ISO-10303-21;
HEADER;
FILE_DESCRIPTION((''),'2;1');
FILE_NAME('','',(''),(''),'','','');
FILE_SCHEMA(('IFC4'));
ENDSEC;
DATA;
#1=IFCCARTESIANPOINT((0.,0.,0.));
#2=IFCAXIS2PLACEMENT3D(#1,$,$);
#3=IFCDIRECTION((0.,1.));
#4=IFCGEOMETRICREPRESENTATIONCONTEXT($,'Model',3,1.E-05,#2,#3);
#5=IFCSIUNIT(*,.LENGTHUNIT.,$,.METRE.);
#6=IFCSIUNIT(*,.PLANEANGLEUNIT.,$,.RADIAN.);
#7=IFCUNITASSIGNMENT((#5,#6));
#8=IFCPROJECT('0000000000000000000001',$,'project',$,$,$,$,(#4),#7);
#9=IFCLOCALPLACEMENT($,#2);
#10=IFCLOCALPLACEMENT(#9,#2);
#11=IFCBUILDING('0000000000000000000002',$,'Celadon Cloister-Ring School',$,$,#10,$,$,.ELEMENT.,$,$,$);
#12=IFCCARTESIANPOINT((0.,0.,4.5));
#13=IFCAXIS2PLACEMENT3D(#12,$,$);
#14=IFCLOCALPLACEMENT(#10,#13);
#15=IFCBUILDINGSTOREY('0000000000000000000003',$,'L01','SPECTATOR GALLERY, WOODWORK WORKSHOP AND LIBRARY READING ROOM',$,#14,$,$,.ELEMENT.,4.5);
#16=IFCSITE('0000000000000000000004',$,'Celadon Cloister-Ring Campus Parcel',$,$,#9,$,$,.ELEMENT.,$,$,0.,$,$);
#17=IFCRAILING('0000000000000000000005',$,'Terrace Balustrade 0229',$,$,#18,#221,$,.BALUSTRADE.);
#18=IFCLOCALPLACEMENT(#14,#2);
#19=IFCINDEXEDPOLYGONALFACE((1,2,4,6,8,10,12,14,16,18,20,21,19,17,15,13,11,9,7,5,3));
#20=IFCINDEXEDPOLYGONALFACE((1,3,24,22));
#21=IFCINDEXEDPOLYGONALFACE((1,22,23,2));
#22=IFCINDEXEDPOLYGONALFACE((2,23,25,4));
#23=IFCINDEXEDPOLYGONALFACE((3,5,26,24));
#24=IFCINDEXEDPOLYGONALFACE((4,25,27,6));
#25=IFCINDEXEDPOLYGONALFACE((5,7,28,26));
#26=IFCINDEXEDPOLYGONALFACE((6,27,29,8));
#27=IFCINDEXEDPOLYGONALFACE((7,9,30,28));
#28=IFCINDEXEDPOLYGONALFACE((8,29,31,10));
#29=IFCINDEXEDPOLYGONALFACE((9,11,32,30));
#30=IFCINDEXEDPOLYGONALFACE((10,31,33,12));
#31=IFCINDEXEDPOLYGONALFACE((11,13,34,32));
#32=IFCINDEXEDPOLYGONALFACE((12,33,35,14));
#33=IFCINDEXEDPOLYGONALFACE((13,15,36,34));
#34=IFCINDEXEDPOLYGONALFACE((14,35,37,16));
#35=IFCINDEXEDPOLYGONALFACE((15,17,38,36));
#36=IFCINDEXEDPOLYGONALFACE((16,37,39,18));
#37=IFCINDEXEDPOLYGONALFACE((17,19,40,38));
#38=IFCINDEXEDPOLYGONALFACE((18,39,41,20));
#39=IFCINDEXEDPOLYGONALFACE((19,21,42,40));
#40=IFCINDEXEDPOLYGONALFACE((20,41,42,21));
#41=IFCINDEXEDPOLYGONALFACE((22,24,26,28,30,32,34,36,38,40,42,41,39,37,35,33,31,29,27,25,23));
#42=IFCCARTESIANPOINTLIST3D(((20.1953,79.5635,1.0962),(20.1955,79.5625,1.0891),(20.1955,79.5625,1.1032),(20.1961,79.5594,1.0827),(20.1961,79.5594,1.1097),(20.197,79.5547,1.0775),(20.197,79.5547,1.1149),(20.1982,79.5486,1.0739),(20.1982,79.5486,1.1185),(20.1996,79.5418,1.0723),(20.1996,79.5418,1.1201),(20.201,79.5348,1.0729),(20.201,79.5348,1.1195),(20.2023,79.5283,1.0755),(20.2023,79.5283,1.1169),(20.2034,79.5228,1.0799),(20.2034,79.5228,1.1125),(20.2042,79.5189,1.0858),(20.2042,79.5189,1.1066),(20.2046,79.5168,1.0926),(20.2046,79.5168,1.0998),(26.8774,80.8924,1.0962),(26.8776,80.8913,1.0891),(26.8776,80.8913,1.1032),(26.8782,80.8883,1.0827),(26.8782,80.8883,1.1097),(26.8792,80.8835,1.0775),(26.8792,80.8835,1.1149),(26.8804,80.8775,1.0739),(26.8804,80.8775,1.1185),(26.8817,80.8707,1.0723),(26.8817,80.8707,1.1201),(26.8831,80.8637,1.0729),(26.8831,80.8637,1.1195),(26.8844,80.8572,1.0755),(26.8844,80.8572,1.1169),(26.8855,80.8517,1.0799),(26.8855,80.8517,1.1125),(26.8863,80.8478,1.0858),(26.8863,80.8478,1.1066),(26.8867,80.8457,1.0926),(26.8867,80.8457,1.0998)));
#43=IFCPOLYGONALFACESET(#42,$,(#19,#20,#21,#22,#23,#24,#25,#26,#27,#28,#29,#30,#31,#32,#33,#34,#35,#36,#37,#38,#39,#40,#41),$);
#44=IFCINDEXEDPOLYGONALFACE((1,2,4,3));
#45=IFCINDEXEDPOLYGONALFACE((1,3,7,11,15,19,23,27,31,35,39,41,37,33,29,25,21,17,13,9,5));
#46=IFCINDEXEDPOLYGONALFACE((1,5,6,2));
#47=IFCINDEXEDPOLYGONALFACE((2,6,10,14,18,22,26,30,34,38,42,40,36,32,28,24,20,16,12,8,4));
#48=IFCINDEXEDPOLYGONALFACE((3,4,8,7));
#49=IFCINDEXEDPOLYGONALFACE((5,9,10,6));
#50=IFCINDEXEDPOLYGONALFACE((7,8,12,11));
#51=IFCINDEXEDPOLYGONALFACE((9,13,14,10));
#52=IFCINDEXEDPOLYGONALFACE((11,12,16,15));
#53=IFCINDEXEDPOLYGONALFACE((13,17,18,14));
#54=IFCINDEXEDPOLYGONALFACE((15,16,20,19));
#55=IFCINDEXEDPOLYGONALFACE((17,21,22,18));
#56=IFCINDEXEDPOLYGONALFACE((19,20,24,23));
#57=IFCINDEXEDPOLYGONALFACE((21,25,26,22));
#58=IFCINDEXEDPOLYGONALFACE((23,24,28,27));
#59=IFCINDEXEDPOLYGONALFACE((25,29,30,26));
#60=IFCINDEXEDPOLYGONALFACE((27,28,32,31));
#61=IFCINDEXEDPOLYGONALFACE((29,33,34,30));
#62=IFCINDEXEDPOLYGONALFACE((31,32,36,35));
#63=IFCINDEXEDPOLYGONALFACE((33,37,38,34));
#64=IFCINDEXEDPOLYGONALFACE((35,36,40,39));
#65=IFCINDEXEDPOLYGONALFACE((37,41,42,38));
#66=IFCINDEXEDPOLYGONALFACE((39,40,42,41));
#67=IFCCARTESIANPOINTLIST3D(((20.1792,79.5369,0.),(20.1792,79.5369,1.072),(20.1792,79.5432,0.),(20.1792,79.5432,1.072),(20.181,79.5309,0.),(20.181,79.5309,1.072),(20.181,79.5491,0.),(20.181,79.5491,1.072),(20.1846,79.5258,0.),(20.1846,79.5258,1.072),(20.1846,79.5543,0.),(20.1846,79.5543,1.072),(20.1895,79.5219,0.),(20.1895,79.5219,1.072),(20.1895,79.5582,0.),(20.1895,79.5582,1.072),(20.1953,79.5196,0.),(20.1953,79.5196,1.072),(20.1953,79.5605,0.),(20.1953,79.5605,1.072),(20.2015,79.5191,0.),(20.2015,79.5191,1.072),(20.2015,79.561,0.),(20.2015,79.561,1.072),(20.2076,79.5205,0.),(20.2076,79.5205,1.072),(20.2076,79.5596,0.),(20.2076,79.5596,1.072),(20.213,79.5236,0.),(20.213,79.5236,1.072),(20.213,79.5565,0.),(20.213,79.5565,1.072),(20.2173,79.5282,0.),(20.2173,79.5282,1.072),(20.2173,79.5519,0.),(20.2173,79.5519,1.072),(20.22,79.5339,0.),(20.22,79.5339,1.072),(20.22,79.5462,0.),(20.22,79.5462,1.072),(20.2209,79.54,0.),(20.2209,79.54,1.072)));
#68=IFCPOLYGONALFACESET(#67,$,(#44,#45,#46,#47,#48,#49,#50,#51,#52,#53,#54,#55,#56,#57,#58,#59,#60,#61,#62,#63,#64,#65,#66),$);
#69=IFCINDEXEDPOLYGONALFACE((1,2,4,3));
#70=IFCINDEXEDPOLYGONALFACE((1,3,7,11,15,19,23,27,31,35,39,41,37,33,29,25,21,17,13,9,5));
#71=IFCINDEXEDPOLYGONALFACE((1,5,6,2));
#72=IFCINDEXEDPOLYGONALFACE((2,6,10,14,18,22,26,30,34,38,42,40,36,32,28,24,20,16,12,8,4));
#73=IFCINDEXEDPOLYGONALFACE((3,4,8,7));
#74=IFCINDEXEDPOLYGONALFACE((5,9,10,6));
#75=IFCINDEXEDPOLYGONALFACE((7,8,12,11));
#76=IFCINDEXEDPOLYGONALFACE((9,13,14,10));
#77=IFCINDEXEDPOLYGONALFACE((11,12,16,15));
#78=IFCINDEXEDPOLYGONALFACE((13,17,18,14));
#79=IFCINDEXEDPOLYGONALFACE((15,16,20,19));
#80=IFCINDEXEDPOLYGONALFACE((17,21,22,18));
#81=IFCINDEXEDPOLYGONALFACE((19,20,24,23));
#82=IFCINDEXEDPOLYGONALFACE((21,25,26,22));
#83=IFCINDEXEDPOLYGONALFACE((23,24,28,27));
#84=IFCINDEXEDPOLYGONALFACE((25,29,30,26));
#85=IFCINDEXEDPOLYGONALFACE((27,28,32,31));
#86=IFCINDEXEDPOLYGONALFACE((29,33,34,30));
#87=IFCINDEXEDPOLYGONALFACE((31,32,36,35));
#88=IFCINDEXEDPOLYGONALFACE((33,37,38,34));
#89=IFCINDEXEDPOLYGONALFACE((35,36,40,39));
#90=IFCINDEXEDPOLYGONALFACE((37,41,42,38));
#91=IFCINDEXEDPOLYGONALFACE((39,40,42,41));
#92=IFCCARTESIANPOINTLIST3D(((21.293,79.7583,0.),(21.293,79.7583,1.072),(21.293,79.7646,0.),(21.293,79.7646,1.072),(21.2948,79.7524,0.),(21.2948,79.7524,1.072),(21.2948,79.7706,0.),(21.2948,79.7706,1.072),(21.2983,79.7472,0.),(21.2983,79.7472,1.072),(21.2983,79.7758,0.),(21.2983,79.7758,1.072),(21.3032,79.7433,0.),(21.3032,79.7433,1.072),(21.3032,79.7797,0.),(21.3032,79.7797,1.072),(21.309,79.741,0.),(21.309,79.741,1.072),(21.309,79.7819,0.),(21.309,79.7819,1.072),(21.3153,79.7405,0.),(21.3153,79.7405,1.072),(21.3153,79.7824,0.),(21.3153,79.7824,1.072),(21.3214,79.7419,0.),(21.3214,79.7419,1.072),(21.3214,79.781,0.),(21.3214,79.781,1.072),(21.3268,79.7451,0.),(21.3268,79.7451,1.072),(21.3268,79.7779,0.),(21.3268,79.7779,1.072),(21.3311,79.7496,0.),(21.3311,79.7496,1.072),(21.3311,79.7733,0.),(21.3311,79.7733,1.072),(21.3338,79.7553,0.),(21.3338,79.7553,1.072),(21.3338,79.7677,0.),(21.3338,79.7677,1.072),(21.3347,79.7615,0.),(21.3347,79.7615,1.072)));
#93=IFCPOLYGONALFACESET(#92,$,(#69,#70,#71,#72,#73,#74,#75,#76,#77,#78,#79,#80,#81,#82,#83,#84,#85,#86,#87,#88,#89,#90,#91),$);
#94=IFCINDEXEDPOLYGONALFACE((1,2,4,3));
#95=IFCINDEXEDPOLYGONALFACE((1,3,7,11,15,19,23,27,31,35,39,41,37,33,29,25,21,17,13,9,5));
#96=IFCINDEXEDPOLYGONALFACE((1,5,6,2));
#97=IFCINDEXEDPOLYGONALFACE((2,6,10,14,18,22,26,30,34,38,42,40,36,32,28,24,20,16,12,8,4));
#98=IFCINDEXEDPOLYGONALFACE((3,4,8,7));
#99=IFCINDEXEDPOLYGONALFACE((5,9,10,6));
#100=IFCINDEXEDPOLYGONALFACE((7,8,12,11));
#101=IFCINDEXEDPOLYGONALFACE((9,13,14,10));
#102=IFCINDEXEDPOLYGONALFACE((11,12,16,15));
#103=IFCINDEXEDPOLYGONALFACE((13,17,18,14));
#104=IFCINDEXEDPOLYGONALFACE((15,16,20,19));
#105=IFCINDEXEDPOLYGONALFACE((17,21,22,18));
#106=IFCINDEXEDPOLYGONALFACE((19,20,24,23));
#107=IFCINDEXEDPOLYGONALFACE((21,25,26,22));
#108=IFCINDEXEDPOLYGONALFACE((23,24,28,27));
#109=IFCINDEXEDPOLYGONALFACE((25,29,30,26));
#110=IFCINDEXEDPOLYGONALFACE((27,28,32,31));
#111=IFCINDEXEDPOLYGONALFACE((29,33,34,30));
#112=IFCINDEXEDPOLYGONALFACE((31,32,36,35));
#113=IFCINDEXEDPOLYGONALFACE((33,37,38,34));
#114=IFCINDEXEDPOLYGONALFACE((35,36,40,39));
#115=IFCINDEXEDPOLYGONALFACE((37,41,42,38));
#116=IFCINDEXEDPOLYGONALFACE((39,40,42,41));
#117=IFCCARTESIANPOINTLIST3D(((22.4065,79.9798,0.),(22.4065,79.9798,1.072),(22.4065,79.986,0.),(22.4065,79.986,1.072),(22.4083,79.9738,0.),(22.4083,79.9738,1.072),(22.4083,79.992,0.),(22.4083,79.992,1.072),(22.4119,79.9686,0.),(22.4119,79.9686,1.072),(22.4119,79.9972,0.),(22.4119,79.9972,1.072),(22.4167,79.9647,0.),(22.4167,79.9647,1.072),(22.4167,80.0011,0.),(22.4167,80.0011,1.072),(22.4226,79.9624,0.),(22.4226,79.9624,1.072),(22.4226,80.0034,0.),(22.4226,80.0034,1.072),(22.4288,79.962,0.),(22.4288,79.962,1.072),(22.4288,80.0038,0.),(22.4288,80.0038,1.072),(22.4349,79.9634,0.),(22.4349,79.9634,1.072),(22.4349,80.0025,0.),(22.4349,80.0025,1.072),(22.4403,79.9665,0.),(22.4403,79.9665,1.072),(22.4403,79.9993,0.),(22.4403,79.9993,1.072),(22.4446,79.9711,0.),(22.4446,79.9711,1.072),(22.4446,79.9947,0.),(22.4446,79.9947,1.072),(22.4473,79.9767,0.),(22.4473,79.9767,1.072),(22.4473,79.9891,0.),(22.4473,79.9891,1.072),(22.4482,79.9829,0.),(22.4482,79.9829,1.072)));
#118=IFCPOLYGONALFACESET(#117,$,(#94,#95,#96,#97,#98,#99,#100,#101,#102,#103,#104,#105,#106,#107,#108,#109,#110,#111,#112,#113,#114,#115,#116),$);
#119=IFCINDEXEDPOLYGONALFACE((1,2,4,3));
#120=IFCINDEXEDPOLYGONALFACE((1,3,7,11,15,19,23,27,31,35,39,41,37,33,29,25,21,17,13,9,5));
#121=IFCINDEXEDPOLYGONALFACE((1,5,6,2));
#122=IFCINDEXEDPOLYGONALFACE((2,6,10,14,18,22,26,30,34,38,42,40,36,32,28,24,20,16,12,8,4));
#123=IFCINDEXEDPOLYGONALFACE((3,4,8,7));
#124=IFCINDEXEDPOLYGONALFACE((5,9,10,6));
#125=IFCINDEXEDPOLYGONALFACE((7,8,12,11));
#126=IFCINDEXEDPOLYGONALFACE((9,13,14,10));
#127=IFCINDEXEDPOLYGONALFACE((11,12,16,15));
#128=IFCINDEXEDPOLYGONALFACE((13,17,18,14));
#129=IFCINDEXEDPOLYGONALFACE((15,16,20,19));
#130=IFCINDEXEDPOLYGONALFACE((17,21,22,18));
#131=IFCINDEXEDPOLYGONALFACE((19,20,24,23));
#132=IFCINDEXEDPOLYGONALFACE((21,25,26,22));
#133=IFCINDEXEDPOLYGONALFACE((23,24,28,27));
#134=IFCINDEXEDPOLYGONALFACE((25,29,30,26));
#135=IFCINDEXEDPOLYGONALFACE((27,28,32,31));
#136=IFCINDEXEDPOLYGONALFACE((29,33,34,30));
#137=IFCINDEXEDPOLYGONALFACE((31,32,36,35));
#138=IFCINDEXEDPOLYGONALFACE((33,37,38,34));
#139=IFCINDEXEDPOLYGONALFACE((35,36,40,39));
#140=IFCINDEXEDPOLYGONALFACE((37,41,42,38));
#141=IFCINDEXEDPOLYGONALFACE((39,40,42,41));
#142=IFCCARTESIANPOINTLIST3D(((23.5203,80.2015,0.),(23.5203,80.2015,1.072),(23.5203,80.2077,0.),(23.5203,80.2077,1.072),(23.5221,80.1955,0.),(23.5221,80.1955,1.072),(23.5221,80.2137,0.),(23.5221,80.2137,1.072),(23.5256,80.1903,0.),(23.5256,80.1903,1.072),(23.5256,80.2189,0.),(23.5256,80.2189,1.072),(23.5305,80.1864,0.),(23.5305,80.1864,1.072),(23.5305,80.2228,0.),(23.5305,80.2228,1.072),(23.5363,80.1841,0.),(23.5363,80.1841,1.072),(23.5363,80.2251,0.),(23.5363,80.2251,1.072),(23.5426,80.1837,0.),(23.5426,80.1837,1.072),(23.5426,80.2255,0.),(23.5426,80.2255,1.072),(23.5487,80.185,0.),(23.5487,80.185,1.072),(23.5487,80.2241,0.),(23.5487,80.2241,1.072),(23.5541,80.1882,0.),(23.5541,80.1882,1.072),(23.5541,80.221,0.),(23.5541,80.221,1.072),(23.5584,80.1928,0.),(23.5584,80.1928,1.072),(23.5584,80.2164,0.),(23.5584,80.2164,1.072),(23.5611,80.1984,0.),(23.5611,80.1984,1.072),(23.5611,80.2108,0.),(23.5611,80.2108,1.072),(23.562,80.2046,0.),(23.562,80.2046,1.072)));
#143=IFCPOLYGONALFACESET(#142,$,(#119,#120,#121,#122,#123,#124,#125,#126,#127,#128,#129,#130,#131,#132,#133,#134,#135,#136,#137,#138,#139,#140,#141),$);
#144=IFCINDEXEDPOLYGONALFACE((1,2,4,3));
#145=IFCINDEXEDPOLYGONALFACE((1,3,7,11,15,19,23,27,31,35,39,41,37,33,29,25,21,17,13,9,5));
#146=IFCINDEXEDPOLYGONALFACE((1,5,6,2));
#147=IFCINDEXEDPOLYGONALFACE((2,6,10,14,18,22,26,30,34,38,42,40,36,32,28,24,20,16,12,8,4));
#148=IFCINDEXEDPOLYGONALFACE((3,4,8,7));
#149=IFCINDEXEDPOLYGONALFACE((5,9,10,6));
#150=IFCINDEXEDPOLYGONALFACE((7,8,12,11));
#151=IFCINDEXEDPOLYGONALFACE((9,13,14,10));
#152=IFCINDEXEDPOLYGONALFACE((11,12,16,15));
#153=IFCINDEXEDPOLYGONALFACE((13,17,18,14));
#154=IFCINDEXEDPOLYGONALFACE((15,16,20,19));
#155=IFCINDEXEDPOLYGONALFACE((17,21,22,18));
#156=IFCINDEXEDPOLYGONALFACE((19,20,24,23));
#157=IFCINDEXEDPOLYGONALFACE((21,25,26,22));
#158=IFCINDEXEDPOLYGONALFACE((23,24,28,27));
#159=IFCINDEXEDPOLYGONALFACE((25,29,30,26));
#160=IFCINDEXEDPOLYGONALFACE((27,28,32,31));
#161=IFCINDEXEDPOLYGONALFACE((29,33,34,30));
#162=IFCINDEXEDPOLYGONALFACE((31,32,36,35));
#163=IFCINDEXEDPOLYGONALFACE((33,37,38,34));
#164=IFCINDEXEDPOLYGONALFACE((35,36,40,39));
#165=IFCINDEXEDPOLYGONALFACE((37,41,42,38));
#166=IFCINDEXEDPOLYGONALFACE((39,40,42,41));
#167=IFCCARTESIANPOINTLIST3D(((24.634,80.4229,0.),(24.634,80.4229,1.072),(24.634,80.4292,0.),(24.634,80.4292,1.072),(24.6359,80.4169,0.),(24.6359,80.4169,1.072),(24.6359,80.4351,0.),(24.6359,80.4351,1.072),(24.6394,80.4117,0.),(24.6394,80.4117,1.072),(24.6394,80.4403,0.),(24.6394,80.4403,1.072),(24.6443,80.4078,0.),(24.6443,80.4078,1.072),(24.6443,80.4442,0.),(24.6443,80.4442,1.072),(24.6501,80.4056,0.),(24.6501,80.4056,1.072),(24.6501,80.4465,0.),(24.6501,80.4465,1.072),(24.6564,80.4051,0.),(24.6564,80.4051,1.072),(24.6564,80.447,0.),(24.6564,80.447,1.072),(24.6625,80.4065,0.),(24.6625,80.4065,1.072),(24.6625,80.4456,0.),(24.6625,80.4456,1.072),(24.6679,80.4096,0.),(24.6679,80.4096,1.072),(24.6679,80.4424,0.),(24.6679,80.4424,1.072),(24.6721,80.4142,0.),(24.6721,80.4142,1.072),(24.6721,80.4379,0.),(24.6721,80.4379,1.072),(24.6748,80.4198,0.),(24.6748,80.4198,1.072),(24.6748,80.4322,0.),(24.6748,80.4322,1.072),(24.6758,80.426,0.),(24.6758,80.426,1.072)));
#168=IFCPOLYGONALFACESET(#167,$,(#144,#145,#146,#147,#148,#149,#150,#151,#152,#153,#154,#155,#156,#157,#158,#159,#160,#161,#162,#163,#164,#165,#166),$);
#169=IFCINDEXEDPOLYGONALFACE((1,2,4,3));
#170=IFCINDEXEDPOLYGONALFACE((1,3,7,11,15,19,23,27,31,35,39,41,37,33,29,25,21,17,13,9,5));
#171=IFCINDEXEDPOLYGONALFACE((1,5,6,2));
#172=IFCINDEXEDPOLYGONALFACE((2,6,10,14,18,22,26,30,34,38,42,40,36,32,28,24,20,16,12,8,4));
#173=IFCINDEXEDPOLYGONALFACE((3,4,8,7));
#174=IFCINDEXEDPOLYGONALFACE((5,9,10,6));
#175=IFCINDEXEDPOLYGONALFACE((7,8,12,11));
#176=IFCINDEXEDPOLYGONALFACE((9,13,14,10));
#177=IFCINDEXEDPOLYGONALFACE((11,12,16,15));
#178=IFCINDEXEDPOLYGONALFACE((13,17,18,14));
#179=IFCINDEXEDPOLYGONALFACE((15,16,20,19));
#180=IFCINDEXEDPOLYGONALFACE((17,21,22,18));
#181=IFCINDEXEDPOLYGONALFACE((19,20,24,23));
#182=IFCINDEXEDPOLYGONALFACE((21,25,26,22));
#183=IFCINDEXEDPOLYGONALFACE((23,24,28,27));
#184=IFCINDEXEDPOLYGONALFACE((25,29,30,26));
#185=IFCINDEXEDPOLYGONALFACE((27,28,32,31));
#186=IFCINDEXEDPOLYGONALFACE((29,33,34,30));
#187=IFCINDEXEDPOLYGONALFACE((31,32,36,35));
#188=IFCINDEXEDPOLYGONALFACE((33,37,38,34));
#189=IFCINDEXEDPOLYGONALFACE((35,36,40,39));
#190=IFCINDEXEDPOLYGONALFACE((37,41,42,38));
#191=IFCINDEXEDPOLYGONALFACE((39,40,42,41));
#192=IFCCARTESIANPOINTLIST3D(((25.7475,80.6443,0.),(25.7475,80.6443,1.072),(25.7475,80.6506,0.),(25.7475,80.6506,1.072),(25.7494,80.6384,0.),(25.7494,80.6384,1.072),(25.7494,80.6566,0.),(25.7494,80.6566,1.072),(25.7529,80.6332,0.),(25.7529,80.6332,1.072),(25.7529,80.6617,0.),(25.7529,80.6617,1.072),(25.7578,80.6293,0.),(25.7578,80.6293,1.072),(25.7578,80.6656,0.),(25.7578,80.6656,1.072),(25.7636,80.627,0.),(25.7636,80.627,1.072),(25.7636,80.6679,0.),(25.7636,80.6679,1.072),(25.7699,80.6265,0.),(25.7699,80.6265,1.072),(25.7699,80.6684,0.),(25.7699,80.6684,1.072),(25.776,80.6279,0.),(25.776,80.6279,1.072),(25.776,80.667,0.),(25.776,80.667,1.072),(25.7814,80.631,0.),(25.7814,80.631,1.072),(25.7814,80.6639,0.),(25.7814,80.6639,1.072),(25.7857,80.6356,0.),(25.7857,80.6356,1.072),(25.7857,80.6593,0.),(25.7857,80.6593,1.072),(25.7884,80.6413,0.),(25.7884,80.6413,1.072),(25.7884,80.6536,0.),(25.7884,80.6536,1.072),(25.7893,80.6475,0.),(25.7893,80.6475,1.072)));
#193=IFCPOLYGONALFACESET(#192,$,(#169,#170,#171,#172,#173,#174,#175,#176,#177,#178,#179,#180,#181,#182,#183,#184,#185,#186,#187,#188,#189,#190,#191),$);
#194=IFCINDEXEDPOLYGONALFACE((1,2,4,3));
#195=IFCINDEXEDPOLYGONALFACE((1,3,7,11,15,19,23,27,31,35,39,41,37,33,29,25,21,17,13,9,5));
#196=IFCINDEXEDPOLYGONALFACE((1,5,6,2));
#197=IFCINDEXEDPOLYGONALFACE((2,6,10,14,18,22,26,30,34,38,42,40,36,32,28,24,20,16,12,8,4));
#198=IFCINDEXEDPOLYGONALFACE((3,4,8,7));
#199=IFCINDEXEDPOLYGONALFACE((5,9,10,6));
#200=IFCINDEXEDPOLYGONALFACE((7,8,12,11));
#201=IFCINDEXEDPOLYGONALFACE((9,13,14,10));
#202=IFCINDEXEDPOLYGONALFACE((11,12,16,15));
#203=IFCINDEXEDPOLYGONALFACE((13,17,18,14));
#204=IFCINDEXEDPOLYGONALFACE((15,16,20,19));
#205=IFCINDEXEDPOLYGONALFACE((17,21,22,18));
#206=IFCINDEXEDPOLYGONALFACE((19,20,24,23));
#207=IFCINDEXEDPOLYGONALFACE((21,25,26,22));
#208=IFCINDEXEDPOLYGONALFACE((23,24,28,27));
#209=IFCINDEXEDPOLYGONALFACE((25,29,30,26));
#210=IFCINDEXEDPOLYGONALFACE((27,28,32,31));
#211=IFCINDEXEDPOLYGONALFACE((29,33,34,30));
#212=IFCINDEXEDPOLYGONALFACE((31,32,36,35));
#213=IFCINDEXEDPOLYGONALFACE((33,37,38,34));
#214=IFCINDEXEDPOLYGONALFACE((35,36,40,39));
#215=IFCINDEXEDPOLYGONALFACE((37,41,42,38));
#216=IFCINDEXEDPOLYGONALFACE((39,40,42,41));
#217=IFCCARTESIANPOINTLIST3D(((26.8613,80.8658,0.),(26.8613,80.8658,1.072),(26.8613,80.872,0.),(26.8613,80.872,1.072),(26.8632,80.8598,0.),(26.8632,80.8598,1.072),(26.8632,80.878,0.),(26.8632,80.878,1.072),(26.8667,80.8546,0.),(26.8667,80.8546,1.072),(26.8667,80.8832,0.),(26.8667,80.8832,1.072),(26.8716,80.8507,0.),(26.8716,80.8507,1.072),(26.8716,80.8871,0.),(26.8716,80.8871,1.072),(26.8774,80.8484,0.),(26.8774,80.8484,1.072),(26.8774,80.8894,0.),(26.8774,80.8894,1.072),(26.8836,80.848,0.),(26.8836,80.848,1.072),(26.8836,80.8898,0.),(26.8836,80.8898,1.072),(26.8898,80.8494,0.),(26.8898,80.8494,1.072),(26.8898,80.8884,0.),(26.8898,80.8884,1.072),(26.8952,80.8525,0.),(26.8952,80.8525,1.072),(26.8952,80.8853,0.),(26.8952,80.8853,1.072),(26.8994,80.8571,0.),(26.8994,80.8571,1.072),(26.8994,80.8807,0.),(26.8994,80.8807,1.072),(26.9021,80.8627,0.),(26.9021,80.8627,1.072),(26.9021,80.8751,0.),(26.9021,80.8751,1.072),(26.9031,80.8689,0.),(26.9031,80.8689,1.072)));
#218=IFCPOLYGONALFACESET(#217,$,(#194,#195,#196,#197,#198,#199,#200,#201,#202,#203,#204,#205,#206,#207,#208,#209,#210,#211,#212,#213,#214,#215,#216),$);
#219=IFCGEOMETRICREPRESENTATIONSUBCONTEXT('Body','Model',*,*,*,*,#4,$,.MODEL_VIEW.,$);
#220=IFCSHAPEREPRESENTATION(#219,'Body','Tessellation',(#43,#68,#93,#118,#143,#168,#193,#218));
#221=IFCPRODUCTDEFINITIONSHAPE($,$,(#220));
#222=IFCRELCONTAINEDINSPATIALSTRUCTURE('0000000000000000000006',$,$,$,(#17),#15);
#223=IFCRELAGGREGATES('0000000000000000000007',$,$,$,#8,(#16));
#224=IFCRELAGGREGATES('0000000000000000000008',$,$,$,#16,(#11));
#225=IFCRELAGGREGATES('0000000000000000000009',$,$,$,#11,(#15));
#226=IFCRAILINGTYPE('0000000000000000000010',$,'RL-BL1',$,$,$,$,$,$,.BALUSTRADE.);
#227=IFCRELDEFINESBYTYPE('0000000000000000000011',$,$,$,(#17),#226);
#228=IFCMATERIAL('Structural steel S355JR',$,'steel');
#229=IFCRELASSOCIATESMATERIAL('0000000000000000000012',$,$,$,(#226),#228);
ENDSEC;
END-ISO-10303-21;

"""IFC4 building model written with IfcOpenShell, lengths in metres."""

from ifc_helpers import new_model, si_unit, direction, frame, origin, origin_2d, place, context, subcontext, project, spatial, circle, extrude, material, type_object, element, save


model = new_model("IFC4")

# Units and contexts
model_context = context("Model", 3, precision=1e-05, world=origin(), true_north=direction((0.0, 1.0)))
body_context = subcontext(model_context, "Body", "Model", "MODEL_VIEW")
ifc_project = project(units=[si_unit("LENGTHUNIT", "METRE"), si_unit("PLANEANGLEUNIT", "RADIAN")], contexts=[model_context])

# Site, building, storey
site_placement = place(None, origin())
site = spatial("IfcSite", under=ifc_project, at=site_placement, Name="Celadon Cloister-Ring Campus Parcel", CompositionType="ELEMENT", RefElevation=0.0)
building_placement = place(site_placement, origin())
building = spatial("IfcBuilding", under=site, at=building_placement, Name="Celadon Cloister-Ring School", CompositionType="ELEMENT")
storey_placement = place(building_placement, frame((0.0, 0.0, 4.5)))
storey = spatial("IfcBuildingStorey", under=building, at=storey_placement, Name="L01", Description="SPECTATOR GALLERY, WOODWORK WORKSHOP AND LIBRARY READING ROOM", CompositionType="ELEMENT", Elevation=4.5)

# Railing
ifc_material_1 = material(Name="Structural steel S355JR", Category="steel")
railing_type = type_object("IfcRailingType", Name="RL-BL1", PredefinedType="BALUSTRADE", material=ifc_material_1)
railing_1_placement = place(storey_placement, frame((20.2, 79.54, 0.0)))
element("IfcRailing", 1, at=railing_1_placement, inside=storey, type_object=railing_type, Name="Terrace Balustrade 0229", PredefinedType="BALUSTRADE", context=body_context, shape_type="SweptSolid", body=[
    extrude(circle(Radius=0.0239, at=origin_2d()), frame((0.0, 0.0, 1.0962), z_axis=(0.980794, 0.195048, 0.0), x_axis=(-0.195048, 0.980794, 0.0)), (0.0, 0.0, 1.0), 6.813),
    extrude(circle(Radius=0.021, at=origin_2d()), origin(), (0.0, 0.0, 1.0), 1.072),
    extrude(circle(Radius=0.021, at=origin_2d()), frame((1.1138, 0.2214, 0.0)), (0.0, 0.0, 1.0), 1.072),
    extrude(circle(Radius=0.021, at=origin_2d()), frame((2.2273, 0.4429, 0.0)), (0.0, 0.0, 1.0), 1.072),
    extrude(circle(Radius=0.021, at=origin_2d()), frame((3.3411, 0.6646, 0.0)), (0.0, 0.0, 1.0), 1.072),
    extrude(circle(Radius=0.021, at=origin_2d()), frame((4.4548, 0.886, 0.0)), (0.0, 0.0, 1.0), 1.072),
    extrude(circle(Radius=0.021, at=origin_2d()), frame((5.5684, 1.1074, 0.0)), (0.0, 0.0, 1.0), 1.072),
    extrude(circle(Radius=0.021, at=origin_2d()), frame((6.6821, 1.3289, 0.0)), (0.0, 0.0, 1.0), 1.072),
])

save(model, "model.ifc")
